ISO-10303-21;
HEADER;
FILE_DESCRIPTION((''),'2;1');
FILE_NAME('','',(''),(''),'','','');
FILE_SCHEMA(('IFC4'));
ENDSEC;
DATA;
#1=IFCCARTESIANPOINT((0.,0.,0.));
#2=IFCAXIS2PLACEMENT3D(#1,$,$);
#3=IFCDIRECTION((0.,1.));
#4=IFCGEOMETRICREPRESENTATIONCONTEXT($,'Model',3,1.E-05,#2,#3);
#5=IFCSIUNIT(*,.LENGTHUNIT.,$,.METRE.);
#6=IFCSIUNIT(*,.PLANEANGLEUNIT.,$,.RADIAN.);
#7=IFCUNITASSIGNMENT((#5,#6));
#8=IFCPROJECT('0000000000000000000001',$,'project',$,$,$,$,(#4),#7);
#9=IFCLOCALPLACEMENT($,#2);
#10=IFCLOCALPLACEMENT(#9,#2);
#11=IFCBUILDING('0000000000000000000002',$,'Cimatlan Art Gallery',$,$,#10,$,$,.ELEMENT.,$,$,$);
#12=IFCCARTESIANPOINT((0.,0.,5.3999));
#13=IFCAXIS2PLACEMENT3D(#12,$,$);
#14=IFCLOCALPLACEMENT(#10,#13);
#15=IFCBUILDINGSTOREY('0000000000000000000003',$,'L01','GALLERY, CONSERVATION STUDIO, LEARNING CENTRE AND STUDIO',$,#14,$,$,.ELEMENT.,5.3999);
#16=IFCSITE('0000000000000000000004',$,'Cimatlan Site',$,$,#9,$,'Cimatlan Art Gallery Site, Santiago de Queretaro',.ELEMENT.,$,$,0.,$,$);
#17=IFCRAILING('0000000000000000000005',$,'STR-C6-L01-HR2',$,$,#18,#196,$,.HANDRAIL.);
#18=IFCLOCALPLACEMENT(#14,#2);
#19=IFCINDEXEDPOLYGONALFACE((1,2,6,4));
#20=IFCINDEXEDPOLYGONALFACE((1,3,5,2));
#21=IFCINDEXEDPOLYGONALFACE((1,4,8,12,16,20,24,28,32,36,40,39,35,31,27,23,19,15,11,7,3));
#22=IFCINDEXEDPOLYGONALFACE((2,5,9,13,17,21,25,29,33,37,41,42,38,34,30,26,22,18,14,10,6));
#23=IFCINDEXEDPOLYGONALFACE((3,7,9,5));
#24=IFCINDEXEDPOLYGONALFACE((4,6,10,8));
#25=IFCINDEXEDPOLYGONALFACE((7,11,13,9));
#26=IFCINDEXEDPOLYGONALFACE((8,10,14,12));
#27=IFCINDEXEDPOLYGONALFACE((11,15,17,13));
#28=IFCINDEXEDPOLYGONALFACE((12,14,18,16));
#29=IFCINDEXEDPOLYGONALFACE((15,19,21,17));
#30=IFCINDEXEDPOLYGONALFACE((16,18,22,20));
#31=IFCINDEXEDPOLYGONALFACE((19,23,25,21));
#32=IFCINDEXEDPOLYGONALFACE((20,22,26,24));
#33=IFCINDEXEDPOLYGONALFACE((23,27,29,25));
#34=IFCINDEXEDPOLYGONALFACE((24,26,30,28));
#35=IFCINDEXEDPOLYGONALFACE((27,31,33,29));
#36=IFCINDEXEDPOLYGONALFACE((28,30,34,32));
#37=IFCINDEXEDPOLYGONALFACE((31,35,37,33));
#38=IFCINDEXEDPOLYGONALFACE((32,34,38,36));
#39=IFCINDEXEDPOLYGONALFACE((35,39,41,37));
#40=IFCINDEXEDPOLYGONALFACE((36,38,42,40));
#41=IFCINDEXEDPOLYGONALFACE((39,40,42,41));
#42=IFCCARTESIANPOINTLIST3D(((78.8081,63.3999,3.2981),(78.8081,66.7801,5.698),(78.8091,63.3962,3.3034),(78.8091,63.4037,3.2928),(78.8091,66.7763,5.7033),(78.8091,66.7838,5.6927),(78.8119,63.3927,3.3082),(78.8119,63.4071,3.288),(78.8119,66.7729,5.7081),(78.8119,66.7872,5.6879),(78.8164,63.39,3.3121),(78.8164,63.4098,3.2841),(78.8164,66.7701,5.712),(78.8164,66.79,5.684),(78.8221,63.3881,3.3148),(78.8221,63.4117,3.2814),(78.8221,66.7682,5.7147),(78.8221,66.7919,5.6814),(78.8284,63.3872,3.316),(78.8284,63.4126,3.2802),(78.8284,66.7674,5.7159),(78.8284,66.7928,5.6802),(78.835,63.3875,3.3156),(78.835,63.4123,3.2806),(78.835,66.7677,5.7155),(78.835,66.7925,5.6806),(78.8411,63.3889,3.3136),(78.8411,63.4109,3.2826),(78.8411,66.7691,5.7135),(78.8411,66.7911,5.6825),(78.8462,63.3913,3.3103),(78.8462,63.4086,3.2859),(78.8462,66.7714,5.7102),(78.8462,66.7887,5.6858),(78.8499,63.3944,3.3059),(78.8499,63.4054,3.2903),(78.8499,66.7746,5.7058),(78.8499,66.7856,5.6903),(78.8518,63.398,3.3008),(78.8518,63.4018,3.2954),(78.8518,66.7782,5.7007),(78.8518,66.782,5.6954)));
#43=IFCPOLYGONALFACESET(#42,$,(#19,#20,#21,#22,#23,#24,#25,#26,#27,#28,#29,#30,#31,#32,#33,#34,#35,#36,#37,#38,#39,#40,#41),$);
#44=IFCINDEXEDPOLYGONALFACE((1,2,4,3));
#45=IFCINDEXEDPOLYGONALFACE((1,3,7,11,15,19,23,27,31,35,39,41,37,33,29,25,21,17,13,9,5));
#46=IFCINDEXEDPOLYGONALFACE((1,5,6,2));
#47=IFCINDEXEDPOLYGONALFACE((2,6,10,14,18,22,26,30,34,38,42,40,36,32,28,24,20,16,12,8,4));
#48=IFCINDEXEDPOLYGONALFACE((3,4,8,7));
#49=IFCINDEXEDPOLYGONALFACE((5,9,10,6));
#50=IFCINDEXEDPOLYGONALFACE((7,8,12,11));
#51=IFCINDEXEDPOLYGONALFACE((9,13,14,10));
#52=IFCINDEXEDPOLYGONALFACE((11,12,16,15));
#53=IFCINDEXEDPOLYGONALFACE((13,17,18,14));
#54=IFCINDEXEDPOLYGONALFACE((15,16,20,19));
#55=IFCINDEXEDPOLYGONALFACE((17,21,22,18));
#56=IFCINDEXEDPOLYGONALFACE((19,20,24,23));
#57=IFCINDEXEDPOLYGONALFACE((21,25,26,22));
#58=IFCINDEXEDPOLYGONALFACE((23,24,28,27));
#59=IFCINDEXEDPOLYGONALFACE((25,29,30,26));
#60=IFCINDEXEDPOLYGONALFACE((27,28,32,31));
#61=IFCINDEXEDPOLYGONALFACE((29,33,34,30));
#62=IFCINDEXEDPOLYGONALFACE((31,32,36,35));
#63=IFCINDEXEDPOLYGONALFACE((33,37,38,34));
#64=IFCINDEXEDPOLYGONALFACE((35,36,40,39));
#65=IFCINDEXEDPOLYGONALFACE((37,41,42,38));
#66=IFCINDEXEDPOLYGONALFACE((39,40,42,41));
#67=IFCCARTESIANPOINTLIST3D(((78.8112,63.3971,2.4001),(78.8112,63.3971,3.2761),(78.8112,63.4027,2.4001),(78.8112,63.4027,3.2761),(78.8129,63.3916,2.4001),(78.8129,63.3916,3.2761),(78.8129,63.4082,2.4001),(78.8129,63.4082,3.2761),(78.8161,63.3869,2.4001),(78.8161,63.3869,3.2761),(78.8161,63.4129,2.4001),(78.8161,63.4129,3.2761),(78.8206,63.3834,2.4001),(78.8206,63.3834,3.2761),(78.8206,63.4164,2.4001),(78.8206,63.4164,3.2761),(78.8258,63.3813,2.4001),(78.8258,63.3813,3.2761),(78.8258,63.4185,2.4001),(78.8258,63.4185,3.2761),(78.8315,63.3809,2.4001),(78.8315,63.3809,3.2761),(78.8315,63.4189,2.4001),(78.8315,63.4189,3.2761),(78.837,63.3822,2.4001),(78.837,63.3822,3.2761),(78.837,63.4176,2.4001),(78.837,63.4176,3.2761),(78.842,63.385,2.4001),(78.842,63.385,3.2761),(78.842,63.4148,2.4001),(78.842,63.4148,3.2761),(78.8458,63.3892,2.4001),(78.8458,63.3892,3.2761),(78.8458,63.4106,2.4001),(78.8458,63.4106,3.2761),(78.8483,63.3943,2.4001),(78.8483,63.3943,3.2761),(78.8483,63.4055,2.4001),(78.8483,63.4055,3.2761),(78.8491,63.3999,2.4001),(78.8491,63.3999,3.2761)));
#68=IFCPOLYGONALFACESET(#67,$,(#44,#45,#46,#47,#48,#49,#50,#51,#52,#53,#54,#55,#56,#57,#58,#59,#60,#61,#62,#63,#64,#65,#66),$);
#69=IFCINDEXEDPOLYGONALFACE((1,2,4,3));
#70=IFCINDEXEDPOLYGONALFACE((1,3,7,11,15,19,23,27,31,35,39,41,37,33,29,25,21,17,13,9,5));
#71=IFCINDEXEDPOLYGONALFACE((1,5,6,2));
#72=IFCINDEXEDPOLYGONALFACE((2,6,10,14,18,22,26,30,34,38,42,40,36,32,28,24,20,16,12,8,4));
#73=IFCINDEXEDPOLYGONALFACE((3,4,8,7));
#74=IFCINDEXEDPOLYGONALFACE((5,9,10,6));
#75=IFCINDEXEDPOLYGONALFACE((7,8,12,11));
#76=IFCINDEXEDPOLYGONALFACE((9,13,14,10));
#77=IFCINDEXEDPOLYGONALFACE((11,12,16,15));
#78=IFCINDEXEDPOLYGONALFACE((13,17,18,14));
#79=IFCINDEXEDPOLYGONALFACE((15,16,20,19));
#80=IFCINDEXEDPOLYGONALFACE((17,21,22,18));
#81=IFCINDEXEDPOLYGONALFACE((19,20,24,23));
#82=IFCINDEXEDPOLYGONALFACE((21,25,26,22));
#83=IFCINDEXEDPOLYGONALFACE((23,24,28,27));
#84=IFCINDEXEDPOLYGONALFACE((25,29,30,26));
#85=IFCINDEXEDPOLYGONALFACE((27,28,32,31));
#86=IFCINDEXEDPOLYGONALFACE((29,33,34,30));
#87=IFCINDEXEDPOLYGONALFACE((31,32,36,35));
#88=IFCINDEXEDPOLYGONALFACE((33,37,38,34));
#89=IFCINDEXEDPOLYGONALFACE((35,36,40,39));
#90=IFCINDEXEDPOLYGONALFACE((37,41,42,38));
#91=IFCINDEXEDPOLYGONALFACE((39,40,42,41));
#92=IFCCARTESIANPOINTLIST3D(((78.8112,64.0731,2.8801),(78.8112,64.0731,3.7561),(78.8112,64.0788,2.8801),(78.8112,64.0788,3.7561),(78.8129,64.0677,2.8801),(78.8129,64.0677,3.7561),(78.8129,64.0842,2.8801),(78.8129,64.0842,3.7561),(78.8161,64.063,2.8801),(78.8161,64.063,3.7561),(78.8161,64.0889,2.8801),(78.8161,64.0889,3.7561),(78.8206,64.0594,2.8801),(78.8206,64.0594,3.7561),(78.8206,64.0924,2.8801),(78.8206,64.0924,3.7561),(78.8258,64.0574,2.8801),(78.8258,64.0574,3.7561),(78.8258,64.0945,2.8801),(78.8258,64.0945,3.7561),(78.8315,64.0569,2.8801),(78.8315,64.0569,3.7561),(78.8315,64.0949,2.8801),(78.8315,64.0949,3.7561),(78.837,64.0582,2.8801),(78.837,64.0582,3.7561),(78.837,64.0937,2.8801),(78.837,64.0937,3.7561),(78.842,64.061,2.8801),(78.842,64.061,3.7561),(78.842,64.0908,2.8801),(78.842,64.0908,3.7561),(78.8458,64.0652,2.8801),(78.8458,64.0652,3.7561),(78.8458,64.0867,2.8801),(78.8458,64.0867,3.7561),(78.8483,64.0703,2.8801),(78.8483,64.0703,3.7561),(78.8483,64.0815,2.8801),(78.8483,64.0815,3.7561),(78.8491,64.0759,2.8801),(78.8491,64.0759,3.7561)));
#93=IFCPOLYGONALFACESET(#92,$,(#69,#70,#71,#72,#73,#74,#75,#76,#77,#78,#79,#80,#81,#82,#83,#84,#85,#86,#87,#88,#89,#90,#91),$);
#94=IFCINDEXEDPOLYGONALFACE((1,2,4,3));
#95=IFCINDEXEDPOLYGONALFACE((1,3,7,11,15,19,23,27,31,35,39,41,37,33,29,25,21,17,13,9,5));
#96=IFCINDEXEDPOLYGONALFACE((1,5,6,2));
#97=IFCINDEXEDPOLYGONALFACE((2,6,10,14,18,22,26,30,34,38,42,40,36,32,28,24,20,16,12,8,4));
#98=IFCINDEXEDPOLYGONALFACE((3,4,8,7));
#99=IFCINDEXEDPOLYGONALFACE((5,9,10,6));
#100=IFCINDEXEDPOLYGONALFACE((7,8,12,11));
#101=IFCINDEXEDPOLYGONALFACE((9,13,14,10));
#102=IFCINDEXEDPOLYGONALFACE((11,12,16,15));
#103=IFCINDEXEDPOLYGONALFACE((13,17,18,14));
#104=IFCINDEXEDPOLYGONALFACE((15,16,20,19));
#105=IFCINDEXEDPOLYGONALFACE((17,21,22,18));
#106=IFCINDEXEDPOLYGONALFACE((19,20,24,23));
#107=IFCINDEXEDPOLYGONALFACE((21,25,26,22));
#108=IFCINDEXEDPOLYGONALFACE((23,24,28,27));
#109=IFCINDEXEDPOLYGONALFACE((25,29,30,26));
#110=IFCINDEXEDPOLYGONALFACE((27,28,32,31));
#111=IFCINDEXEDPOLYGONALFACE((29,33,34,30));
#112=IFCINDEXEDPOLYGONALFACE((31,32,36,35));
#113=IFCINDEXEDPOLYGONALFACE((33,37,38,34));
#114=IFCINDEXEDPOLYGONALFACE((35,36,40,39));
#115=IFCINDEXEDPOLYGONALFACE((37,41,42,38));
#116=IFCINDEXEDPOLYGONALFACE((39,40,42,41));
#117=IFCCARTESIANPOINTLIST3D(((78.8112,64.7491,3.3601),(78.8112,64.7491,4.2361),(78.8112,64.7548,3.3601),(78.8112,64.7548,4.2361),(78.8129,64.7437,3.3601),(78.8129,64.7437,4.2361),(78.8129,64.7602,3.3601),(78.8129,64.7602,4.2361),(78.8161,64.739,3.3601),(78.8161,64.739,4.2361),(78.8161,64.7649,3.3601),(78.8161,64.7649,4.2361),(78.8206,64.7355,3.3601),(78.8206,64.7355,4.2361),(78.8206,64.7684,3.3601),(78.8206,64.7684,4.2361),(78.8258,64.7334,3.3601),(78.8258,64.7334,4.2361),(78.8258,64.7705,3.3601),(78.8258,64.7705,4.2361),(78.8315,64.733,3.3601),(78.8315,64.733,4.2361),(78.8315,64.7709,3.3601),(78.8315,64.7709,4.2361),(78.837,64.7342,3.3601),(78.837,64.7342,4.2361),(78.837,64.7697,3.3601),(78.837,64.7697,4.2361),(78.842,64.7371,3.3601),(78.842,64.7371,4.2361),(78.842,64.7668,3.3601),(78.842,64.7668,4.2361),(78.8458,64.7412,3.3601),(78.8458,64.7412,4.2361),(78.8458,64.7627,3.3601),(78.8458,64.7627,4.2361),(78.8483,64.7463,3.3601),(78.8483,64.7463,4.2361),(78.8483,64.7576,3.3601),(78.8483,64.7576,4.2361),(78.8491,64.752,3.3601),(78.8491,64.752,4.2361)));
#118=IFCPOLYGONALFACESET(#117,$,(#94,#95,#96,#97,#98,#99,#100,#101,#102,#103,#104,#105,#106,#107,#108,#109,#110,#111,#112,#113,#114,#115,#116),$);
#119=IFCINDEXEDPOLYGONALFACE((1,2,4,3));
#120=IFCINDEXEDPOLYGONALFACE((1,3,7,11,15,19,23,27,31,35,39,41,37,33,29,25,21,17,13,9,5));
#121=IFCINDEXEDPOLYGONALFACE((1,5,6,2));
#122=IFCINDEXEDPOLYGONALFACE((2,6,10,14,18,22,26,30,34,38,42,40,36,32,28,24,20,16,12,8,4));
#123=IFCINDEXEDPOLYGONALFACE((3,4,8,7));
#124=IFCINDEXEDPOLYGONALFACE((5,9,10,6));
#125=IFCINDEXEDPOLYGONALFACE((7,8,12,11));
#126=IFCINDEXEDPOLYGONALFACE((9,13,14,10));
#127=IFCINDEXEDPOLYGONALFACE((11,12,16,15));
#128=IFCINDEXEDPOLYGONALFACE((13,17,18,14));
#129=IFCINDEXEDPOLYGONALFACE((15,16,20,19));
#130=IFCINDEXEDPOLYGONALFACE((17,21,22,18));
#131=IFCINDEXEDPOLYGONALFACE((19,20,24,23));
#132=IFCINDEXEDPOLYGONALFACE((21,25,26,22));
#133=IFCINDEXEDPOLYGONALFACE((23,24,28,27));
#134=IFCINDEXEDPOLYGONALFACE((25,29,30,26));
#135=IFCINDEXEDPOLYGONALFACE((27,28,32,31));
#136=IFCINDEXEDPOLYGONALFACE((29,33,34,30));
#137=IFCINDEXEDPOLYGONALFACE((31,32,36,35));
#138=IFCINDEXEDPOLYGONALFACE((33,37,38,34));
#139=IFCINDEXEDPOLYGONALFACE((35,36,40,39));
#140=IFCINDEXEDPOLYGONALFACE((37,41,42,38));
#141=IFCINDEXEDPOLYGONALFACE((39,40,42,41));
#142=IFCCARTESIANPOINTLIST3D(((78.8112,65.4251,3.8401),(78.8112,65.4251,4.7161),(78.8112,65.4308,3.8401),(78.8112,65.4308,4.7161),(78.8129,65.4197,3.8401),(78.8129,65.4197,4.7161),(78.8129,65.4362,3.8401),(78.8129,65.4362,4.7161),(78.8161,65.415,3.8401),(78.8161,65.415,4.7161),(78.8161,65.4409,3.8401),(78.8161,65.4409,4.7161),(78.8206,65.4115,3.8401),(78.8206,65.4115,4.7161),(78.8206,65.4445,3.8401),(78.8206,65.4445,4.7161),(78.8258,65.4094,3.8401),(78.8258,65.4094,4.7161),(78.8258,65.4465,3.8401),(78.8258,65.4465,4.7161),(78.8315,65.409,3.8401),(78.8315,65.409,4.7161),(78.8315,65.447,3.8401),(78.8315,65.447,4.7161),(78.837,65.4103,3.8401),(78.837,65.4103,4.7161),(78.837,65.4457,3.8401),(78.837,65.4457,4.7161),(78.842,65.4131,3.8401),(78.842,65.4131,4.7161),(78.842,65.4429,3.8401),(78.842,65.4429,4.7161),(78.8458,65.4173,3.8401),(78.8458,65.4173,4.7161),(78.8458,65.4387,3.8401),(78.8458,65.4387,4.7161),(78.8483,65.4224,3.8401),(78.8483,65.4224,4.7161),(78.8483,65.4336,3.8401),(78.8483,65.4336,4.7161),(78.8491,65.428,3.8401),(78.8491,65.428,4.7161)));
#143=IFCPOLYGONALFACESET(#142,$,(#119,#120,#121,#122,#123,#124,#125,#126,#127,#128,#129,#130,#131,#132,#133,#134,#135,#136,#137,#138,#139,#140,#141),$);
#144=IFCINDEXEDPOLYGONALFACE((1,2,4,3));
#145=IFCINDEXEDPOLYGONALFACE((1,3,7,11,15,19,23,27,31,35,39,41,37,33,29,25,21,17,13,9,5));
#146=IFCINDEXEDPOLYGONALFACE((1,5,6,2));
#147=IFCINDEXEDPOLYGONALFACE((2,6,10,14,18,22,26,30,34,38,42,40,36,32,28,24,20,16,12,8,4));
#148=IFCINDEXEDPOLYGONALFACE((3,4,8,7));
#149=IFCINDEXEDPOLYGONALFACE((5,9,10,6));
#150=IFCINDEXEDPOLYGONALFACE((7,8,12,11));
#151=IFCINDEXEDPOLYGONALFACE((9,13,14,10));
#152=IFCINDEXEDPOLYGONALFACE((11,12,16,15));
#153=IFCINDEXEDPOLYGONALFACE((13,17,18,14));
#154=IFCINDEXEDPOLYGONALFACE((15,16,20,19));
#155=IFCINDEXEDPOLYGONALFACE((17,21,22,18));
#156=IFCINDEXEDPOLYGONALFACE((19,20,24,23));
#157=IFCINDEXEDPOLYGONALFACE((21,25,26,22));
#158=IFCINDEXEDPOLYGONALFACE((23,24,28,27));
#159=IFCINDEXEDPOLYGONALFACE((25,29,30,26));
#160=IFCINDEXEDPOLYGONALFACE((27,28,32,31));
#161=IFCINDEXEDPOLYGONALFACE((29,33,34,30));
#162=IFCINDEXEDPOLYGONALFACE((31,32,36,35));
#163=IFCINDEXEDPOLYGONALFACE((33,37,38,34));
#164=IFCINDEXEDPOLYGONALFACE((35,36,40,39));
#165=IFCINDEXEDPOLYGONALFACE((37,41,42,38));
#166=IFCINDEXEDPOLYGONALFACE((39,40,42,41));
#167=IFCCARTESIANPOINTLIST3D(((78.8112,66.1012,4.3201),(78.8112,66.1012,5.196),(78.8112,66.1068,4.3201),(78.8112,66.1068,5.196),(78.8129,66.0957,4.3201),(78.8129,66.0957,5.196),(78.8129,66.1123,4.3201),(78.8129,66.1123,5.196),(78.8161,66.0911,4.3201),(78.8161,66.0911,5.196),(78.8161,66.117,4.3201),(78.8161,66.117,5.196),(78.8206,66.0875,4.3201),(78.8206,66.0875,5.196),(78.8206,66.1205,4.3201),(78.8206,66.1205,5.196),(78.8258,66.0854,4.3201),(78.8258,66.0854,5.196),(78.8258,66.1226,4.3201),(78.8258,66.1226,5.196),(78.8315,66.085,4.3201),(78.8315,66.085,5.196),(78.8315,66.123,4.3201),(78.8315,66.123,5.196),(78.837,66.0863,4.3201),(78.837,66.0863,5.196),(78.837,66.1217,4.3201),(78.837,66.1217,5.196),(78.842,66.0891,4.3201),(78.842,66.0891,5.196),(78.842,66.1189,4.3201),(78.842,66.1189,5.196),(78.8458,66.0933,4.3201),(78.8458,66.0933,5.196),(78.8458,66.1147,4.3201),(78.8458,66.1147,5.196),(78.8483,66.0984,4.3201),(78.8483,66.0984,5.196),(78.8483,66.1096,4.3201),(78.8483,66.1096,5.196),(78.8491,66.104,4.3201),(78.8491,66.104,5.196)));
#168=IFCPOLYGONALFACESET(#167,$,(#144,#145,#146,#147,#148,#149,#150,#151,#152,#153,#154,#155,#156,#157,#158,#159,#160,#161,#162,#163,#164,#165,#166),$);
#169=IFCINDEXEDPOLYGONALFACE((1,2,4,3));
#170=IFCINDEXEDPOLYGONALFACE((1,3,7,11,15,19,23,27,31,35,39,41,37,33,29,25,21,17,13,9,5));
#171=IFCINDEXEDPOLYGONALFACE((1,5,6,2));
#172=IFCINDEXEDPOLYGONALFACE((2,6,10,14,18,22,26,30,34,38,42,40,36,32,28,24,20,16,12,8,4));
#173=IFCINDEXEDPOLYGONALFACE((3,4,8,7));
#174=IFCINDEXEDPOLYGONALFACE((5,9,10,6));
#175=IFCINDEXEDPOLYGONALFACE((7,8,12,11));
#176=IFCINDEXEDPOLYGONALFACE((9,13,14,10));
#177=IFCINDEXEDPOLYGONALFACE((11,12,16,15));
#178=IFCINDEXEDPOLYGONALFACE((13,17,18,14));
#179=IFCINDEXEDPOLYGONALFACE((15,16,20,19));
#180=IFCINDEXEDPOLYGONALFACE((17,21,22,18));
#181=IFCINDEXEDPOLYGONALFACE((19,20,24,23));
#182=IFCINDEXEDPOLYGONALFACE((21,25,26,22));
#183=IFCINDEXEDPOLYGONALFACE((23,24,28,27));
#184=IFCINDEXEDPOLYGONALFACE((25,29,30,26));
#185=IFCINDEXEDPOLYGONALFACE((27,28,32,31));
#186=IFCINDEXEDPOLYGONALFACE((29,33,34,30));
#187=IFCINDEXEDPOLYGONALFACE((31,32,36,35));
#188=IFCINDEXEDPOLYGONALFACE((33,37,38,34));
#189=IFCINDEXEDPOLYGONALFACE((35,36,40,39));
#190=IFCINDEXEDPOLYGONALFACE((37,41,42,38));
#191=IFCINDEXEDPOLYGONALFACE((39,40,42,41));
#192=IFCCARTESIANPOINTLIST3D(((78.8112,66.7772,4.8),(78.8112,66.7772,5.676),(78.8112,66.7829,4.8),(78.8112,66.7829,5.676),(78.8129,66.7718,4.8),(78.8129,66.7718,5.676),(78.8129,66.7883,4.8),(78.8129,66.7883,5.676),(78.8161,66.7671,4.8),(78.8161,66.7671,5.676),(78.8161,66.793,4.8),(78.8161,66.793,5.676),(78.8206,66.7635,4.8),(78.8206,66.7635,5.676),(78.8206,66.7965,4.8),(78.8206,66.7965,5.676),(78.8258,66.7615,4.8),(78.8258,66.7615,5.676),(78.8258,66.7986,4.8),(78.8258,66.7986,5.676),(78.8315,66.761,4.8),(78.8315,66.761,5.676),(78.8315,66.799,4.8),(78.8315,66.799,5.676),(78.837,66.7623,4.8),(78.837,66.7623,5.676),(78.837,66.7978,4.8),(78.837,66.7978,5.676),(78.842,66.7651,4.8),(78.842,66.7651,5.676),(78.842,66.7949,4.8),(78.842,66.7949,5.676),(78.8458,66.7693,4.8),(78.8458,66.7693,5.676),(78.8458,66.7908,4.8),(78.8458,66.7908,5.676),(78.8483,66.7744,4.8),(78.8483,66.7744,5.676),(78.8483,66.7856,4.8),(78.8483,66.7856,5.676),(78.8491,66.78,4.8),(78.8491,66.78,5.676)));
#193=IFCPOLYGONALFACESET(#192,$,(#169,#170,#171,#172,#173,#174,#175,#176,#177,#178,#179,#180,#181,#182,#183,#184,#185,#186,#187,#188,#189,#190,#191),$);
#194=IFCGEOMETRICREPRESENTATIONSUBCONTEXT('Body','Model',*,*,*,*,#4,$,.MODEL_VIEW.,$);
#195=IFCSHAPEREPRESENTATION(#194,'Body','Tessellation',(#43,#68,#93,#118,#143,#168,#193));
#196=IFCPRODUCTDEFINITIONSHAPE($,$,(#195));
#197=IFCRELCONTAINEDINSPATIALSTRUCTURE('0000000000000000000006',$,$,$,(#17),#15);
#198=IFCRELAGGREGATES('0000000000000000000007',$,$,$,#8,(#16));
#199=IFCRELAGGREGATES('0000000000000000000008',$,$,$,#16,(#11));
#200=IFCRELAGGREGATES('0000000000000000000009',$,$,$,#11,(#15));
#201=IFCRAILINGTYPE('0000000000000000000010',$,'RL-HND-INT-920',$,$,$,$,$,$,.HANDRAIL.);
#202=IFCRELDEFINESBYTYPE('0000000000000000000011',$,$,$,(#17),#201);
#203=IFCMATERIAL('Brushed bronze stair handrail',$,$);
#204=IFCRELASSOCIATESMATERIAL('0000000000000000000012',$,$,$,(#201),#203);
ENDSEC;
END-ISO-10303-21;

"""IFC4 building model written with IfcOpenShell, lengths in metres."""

from ifc_helpers import new_model, si_unit, direction, frame, origin, origin_2d, place, context, subcontext, project, spatial, circle, extrude, material, type_object, element, save


model = new_model("IFC4")

# Units and contexts
model_context = context("Model", 3, precision=1e-05, world=origin(), true_north=direction((0.0, 1.0)))
body_context = subcontext(model_context, "Body", "Model", "MODEL_VIEW")
ifc_project = project(units=[si_unit("LENGTHUNIT", "METRE"), si_unit("PLANEANGLEUNIT", "RADIAN")], contexts=[model_context])

# Site, building, storey
site_placement = place(None, origin())
site = spatial("IfcSite", under=ifc_project, at=site_placement, Name="Cimatlan Site", LongName="Cimatlan Art Gallery Site, Santiago de Queretaro", CompositionType="ELEMENT", RefElevation=0.0)
building_placement = place(site_placement, origin())
building = spatial("IfcBuilding", under=site, at=building_placement, Name="Cimatlan Art Gallery", CompositionType="ELEMENT")
storey_placement = place(building_placement, frame((0.0, 0.0, 5.3999)))
storey = spatial("IfcBuildingStorey", under=building, at=storey_placement, Name="L01", Description="GALLERY, CONSERVATION STUDIO, LEARNING CENTRE AND STUDIO", CompositionType="ELEMENT", Elevation=5.3999)

# Railing
ifc_material_1 = material(Name="Brushed bronze stair handrail")
railing_type_1 = type_object("IfcRailingType", Name="RL-HND-INT-920", PredefinedType="HANDRAIL", material=ifc_material_1)
railing_1_placement = place(storey_placement, frame((78.8301, 63.3999, 2.4001)))
element("IfcRailing", 1, at=railing_1_placement, inside=storey, type_object=railing_type_1, Name="STR-C6-L01-HR2", PredefinedType="HANDRAIL", context=body_context, shape_type="SweptSolid", body=[
    extrude(circle(Radius=0.022, at=origin_2d()), frame((0.0, 0.0, 0.8979), z_axis=(0.0, 0.815382, 0.578924), x_axis=(-1.0, 0.0, 0.0)), (0.0, 0.0, 1.0), 4.1455),
    extrude(circle(Radius=0.019, at=origin_2d()), origin(), (0.0, 0.0, 1.0), 0.876),
    extrude(circle(Radius=0.019, at=origin_2d()), frame((0.0, 0.676, 0.48)), (0.0, 0.0, 1.0), 0.876),
    extrude(circle(Radius=0.019, at=origin_2d()), frame((0.0, 1.3521, 0.96)), (0.0, 0.0, 1.0), 0.876),
    extrude(circle(Radius=0.019, at=origin_2d()), frame((0.0, 2.0281, 1.4399)), (0.0, 0.0, 1.0), 0.876),
    extrude(circle(Radius=0.019, at=origin_2d()), frame((0.0, 2.7041, 1.9199)), (0.0, 0.0, 1.0), 0.876),
    extrude(circle(Radius=0.019, at=origin_2d()), frame((0.0, 3.3801, 2.3999)), (0.0, 0.0, 1.0), 0.876),
])

save(model, "model.ifc")
